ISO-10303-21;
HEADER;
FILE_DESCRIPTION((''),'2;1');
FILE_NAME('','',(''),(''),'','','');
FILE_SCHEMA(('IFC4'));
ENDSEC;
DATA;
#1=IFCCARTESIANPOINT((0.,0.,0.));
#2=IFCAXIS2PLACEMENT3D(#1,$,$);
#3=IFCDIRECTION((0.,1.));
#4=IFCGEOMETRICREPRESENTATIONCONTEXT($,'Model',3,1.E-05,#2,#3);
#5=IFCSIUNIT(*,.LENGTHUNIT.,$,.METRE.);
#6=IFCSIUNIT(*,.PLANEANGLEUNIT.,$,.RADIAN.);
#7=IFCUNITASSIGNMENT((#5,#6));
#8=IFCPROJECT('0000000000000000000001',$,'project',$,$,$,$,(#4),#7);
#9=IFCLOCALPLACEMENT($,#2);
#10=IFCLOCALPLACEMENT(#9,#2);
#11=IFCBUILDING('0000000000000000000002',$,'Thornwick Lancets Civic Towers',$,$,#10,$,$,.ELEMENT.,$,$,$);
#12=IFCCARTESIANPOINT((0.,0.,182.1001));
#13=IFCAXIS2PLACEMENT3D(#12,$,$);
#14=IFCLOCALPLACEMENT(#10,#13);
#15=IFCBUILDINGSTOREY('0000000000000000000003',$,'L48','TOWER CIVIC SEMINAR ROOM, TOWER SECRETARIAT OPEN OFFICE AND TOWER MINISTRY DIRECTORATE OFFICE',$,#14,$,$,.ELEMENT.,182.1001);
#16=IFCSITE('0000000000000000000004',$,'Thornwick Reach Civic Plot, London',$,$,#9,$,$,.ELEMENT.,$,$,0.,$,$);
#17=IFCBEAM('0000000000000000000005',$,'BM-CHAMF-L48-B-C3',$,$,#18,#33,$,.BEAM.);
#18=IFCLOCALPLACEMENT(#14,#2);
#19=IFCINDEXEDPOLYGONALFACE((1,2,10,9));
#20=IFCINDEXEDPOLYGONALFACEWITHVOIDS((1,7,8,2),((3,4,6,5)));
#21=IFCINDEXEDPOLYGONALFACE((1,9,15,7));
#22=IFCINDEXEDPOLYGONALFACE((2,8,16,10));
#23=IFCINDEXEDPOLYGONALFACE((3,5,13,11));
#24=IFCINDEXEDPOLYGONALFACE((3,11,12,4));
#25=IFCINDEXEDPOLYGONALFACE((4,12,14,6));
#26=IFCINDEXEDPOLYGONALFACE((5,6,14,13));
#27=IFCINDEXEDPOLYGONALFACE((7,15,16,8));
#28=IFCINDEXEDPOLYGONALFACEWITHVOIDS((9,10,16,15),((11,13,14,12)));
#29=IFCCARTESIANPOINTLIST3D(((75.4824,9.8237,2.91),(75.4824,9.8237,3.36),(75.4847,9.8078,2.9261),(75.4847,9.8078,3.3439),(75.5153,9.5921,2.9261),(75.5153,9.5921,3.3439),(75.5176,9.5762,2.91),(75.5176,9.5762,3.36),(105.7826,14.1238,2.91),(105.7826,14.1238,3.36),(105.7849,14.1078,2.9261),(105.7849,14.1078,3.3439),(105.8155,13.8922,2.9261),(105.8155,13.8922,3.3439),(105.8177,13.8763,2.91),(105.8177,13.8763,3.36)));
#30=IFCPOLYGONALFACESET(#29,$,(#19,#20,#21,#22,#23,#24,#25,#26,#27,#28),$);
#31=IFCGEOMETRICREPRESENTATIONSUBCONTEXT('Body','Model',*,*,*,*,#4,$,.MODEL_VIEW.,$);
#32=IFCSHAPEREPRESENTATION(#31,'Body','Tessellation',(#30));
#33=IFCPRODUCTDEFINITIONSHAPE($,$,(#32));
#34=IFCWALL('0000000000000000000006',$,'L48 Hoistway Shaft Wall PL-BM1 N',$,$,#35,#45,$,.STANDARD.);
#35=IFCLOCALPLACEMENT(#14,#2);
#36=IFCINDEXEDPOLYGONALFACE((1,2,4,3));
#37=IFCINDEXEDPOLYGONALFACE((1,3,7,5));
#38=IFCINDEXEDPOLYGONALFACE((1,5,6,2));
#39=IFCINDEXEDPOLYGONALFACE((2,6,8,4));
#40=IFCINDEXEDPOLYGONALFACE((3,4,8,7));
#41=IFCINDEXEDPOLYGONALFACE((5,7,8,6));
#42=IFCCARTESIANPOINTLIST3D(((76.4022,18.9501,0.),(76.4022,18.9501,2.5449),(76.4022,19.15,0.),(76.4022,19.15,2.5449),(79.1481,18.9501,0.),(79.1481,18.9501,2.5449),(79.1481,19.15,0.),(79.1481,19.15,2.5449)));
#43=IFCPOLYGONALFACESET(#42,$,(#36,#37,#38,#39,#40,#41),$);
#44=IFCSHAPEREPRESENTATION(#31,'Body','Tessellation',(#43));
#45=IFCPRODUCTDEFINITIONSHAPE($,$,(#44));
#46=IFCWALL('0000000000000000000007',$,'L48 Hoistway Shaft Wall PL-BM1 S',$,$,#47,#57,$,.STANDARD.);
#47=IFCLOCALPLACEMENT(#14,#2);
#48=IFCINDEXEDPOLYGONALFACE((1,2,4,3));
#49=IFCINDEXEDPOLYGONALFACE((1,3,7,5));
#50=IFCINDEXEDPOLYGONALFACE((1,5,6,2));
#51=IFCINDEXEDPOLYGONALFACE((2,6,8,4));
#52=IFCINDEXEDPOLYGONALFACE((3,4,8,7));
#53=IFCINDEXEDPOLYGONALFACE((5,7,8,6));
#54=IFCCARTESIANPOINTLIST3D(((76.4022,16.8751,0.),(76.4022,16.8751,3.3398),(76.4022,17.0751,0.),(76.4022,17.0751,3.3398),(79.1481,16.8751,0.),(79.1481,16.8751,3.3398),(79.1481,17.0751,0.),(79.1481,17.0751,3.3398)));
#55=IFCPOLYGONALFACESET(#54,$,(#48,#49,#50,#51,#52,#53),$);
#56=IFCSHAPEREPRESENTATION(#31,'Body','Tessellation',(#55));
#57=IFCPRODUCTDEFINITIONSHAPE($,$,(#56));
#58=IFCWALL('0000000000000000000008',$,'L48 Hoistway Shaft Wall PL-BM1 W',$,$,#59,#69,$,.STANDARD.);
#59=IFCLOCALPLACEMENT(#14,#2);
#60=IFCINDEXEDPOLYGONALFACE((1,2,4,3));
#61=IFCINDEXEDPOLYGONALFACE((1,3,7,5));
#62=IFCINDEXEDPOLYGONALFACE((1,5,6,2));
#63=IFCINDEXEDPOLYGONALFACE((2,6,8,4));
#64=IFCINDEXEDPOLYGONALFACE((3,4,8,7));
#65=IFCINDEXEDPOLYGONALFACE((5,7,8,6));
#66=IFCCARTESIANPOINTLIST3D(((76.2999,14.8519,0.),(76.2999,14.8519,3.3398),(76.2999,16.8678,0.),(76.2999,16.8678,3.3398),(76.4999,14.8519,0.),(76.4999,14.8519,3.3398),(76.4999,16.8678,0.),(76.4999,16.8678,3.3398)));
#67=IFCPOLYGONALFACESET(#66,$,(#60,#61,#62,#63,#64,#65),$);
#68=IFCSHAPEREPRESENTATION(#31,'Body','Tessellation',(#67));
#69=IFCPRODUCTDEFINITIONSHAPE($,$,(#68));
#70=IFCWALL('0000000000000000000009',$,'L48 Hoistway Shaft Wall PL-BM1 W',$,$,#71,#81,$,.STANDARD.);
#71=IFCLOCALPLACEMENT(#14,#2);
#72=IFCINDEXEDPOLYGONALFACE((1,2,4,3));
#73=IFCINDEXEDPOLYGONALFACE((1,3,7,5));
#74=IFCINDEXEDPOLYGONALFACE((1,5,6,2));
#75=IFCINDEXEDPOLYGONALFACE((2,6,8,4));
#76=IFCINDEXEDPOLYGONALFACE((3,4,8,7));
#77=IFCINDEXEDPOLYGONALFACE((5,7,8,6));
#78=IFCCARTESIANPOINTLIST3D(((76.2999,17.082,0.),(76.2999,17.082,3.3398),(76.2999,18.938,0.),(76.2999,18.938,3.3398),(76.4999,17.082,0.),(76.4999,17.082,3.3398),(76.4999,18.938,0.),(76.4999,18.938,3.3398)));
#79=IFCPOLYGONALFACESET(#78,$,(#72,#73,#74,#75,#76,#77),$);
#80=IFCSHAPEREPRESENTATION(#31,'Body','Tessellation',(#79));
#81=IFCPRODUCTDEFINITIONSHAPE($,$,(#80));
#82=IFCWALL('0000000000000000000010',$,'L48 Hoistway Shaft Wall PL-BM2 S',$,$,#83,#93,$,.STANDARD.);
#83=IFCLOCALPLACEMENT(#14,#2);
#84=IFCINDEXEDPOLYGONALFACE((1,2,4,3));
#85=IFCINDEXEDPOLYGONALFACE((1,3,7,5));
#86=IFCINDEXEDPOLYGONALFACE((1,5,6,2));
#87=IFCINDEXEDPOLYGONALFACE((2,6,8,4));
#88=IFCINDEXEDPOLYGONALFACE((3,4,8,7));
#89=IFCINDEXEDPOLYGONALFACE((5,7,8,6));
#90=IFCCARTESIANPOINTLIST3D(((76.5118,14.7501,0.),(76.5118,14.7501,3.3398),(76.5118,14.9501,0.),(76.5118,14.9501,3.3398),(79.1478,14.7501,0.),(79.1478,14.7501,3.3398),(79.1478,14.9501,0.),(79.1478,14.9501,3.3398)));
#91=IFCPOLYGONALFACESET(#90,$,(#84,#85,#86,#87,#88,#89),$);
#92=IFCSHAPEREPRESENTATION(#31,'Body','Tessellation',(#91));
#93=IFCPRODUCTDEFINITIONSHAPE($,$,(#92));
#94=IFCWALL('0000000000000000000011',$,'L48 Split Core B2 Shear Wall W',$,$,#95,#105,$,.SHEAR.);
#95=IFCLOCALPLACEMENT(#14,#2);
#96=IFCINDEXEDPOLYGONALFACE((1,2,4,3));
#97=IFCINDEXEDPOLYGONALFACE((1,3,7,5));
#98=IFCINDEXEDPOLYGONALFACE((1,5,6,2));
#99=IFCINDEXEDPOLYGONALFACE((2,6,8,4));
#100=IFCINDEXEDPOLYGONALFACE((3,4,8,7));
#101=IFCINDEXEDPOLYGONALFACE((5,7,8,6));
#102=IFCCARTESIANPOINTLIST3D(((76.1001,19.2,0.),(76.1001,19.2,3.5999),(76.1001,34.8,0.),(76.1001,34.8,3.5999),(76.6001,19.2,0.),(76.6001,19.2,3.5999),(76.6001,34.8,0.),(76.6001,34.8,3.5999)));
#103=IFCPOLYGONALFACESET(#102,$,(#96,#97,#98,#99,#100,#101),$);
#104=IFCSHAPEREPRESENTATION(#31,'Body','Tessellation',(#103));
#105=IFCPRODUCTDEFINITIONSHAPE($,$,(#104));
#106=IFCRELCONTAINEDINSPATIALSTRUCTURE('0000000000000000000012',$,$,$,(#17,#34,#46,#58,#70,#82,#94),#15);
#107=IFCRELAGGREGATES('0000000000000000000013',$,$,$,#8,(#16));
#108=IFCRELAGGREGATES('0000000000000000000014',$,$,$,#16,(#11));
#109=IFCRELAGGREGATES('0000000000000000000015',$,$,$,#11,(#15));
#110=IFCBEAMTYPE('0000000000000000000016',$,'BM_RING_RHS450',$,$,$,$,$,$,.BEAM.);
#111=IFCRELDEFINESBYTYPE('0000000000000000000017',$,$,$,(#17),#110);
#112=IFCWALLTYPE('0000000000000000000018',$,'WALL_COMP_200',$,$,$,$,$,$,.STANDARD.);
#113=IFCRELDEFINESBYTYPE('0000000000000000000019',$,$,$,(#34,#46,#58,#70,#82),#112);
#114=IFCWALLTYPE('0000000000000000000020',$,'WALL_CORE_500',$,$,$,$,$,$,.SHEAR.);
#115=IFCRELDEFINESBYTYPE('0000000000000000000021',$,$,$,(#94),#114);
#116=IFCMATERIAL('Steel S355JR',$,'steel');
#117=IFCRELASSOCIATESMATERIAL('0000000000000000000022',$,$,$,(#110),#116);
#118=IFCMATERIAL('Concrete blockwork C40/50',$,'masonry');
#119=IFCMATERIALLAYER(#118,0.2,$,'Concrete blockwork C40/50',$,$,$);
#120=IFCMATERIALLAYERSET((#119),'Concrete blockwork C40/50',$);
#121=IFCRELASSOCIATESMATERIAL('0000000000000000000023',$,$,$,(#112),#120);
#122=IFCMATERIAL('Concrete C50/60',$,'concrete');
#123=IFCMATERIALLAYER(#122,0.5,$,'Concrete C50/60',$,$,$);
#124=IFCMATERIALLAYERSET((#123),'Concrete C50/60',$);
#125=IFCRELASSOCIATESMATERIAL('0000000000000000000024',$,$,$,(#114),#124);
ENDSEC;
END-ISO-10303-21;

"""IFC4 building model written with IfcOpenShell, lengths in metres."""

from ifc_helpers import new_model, si_unit, direction, frame, frame_2d, origin, origin_2d, place, context, subcontext, project, spatial, rectangle, hollow_rectangle, extrude, material, layer, layer_set, material_profile, profile_set, type_object, element, save


model = new_model("IFC4")

# Units and contexts
model_context = context("Model", 3, precision=1e-05, world=origin(), true_north=direction((0.0, 1.0)))
body_context = subcontext(model_context, "Body", "Model", "MODEL_VIEW")
ifc_project = project(units=[si_unit("LENGTHUNIT", "METRE"), si_unit("PLANEANGLEUNIT", "RADIAN")], contexts=[model_context])

# Site, building, storey
site_placement = place(None, origin())
site = spatial("IfcSite", under=ifc_project, at=site_placement, Name="Thornwick Reach Civic Plot, London", CompositionType="ELEMENT", RefElevation=0.0)
building_placement = place(site_placement, origin())
building = spatial("IfcBuilding", under=site, at=building_placement, Name="Thornwick Lancets Civic Towers", CompositionType="ELEMENT")
storey_placement = place(building_placement, frame((0.0, 0.0, 182.1001)))
storey = spatial("IfcBuildingStorey", under=building, at=storey_placement, Name="L48", Description="TOWER CIVIC SEMINAR ROOM, TOWER SECRETARIAT OPEN OFFICE AND TOWER MINISTRY DIRECTORATE OFFICE", CompositionType="ELEMENT", Elevation=182.1001)

# Shared definitions
ifc_material_1 = material(Name="Concrete C50/60", Category="concrete")

# Beam
ifc_material_2 = material(Name="Steel S355JR", Category="steel")
ifc_material_profile_1 = material_profile(ifc_material_2, hollow_rectangle(XDim=0.25, YDim=0.45, WallThickness=0.0161, at=origin_2d()), Name="RHS 450x250x16")
ifc_profile_set_1 = profile_set([ifc_material_profile_1], Name="Steel S355JR")
beam_type_1 = type_object("IfcBeamType", Name="BM_RING_RHS450", PredefinedType="BEAM", material=ifc_profile_set_1)
beam_1_placement = place(storey_placement, frame((75.5, 9.7, 3.135), z_axis=(0.99008, 0.140508, 0.0), x_axis=(-0.140508, 0.99008, 0.0)))
element("IfcBeam", 1, at=beam_1_placement, inside=storey, type_object=beam_type_1, Name="BM-CHAMF-L48-B-C3", PredefinedType="BEAM", context=body_context, shape_type="SweptSolid", body=[
    extrude(hollow_rectangle(XDim=0.25, YDim=0.45, WallThickness=0.0161, at=origin_2d()), origin(), (0.0, 0.0, 1.0), 30.6038),
])

# Walls
ifc_material_3 = material(Name="Concrete blockwork C40/50", Category="masonry")
ifc_layer_1 = layer(ifc_material_3, 0.2, Name="Concrete blockwork C40/50")
ifc_layer_set_1 = layer_set([ifc_layer_1], Name="Concrete blockwork C40/50")
wall_type_1 = type_object("IfcWallType", Name="WALL_COMP_200", PredefinedType="STANDARD", material=ifc_layer_set_1)
wall_1_placement = place(storey_placement, frame((76.4021, 19.05, 0.0), z_axis=(0.0, 0.0, 1.0), x_axis=(1.0, 0.0, 0.0)))
element("IfcWall", 2, at=wall_1_placement, inside=storey, type_object=wall_type_1, Name="L48 Hoistway Shaft Wall PL-BM1 N", PredefinedType="STANDARD", context=body_context, shape_type="SweptSolid", body=[
    extrude(rectangle(XDim=2.7458, YDim=0.2, at=frame_2d((1.373, 0.0))), origin(), (0.0, 0.0, 1.0), 2.5449),
])
wall_2_placement = place(storey_placement, frame((76.4021, 16.9751, 0.0), z_axis=(0.0, 0.0, 1.0), x_axis=(1.0, 0.0, 0.0)))
element("IfcWall", 3, at=wall_2_placement, inside=storey, type_object=wall_type_1, Name="L48 Hoistway Shaft Wall PL-BM1 S", PredefinedType="STANDARD", context=body_context, shape_type="SweptSolid", body=[
    extrude(rectangle(XDim=2.7458, YDim=0.2, at=frame_2d((1.373, 0.0))), origin(), (0.0, 0.0, 1.0), 3.3398),
])
wall_3_placement = place(storey_placement, frame((76.3999, 14.8521, 0.0), z_axis=(0.0, 0.0, 1.0), x_axis=(0.0, 1.0, 0.0)))
element("IfcWall", 4, at=wall_3_placement, inside=storey, type_object=wall_type_1, Name="L48 Hoistway Shaft Wall PL-BM1 W", PredefinedType="STANDARD", context=body_context, shape_type="SweptSolid", body=[
    extrude(rectangle(XDim=2.0159, YDim=0.2, at=frame_2d((1.0078, 0.0))), origin(), (0.0, 0.0, 1.0), 3.3398),
])
wall_4_placement = place(storey_placement, frame((76.3999, 17.082, 0.0), z_axis=(0.0, 0.0, 1.0), x_axis=(0.0, 1.0, 0.0)))
element("IfcWall", 5, at=wall_4_placement, inside=storey, type_object=wall_type_1, Name="L48 Hoistway Shaft Wall PL-BM1 W", PredefinedType="STANDARD", context=body_context, shape_type="SweptSolid", body=[
    extrude(rectangle(XDim=1.856, YDim=0.2, at=frame_2d((0.928, 0.0))), origin(), (0.0, 0.0, 1.0), 3.3398),
])
wall_5_placement = place(storey_placement, frame((76.512, 14.8501, 0.0), z_axis=(0.0, 0.0, 1.0), x_axis=(1.0, 0.0, 0.0)))
element("IfcWall", 6, at=wall_5_placement, inside=storey, type_object=wall_type_1, Name="L48 Hoistway Shaft Wall PL-BM2 S", PredefinedType="STANDARD", context=body_context, shape_type="SweptSolid", body=[
    extrude(rectangle(XDim=2.636, YDim=0.2, at=frame_2d((1.3179, 0.0))), origin(), (0.0, 0.0, 1.0), 3.3398),
])
ifc_layer_2 = layer(ifc_material_1, 0.5, Name="Concrete C50/60")
ifc_layer_set_2 = layer_set([ifc_layer_2], Name="Concrete C50/60")
wall_type_2 = type_object("IfcWallType", Name="WALL_CORE_500", PredefinedType="SHEAR", material=ifc_layer_set_2)
wall_6_placement = place(storey_placement, frame((76.3501, 19.2, 0.0), z_axis=(0.0, 0.0, 1.0), x_axis=(0.0, 1.0, 0.0)))
element("IfcWall", 7, at=wall_6_placement, inside=storey, type_object=wall_type_2, Name="L48 Split Core B2 Shear Wall W", PredefinedType="SHEAR", context=body_context, shape_type="SweptSolid", body=[
    extrude(rectangle(XDim=15.6001, YDim=0.5, at=frame_2d((7.8, 0.0))), origin(), (0.0, 0.0, 1.0), 3.5999),
])

save(model, "model.ifc")
